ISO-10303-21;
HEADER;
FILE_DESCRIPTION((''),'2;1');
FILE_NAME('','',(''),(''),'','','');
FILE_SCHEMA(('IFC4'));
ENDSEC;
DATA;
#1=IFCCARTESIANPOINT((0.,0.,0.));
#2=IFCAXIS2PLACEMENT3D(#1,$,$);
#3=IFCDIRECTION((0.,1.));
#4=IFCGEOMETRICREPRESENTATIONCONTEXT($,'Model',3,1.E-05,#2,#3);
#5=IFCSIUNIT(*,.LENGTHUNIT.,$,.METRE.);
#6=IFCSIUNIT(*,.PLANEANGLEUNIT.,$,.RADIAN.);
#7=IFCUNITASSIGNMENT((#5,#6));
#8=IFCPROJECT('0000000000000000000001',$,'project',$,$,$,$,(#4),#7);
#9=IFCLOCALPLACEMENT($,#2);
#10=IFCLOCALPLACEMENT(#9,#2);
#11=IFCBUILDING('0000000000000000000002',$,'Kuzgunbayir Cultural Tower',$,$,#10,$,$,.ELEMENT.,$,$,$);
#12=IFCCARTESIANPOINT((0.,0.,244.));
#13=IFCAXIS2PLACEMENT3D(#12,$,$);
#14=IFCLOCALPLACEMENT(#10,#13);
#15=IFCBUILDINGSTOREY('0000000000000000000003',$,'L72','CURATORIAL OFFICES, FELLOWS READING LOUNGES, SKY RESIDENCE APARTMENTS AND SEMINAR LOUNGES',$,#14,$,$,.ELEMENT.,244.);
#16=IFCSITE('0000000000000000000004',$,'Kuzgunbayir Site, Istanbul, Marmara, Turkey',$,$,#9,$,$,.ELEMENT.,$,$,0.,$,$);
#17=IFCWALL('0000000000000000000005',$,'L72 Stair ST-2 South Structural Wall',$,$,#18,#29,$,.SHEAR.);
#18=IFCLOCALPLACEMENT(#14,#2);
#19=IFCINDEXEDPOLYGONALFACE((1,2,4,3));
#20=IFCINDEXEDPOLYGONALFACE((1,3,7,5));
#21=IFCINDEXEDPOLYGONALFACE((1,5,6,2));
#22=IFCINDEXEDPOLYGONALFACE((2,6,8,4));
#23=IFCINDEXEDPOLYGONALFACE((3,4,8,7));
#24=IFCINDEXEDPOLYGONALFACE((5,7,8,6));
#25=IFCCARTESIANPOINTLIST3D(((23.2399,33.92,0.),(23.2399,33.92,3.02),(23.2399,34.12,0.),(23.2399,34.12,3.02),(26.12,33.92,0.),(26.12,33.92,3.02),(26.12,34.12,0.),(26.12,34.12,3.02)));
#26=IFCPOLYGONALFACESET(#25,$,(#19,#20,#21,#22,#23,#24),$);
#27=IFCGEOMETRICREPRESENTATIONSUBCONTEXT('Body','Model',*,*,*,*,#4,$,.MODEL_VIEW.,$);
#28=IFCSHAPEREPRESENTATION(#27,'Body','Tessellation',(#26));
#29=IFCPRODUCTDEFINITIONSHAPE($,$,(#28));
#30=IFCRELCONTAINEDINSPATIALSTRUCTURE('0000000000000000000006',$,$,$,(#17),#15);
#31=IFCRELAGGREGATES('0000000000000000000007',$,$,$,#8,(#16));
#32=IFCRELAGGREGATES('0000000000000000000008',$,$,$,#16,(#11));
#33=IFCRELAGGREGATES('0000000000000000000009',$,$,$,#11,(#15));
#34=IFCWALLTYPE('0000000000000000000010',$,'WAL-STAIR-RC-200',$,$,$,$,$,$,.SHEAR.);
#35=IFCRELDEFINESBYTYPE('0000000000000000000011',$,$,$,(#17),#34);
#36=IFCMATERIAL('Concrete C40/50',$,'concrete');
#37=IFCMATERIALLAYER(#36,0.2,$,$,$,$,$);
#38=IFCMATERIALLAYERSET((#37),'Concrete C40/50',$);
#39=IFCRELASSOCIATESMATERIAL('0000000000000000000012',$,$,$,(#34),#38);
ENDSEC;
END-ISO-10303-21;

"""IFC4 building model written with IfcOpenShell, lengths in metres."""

from ifc_helpers import new_model, si_unit, direction, frame, frame_2d, origin, place, context, subcontext, project, spatial, rectangle, extrude, material, layer, layer_set, type_object, element, save


model = new_model("IFC4")

# Units and contexts
model_context = context("Model", 3, precision=1e-05, world=origin(), true_north=direction((0.0, 1.0)))
body_context = subcontext(model_context, "Body", "Model", "MODEL_VIEW")
ifc_project = project(units=[si_unit("LENGTHUNIT", "METRE"), si_unit("PLANEANGLEUNIT", "RADIAN")], contexts=[model_context])

# Site, building, storey
site_placement = place(None, origin())
site = spatial("IfcSite", under=ifc_project, at=site_placement, Name="Kuzgunbayir Site, Istanbul, Marmara, Turkey", CompositionType="ELEMENT", RefElevation=0.0)
building_placement = place(site_placement, origin())
building = spatial("IfcBuilding", under=site, at=building_placement, Name="Kuzgunbayir Cultural Tower", CompositionType="ELEMENT")
storey_placement = place(building_placement, frame((0.0, 0.0, 244.0)))
storey = spatial("IfcBuildingStorey", under=building, at=storey_placement, Name="L72", Description="CURATORIAL OFFICES, FELLOWS READING LOUNGES, SKY RESIDENCE APARTMENTS AND SEMINAR LOUNGES", CompositionType="ELEMENT", Elevation=244.0)

# Shared definitions
ifc_material_1 = material(Name="Concrete C40/50", Category="concrete")

# Shared definitions
ifc_layer_1 = layer(ifc_material_1, 0.2)
ifc_layer_set_1 = layer_set([ifc_layer_1], Name="Concrete C40/50")
wall_type_1 = type_object("IfcWallType", Name="WAL-STAIR-RC-200", PredefinedType="SHEAR", material=ifc_layer_set_1)

# Wall
wall_1_placement = place(storey_placement, frame((23.24, 34.02, 0.0), z_axis=(0.0, 0.0, 1.0), x_axis=(1.0, 0.0, 0.0)))
element("IfcWall", 1, at=wall_1_placement, inside=storey, type_object=wall_type_1, Name="L72 Stair ST-2 South Structural Wall", PredefinedType="SHEAR", context=body_context, shape_type="SweptSolid", body=[
    extrude(rectangle(XDim=2.8801, YDim=0.2, at=frame_2d((1.4399, 0.0))), origin(), (0.0, 0.0, 1.0), 3.02),
])

save(model, "model.ifc")
